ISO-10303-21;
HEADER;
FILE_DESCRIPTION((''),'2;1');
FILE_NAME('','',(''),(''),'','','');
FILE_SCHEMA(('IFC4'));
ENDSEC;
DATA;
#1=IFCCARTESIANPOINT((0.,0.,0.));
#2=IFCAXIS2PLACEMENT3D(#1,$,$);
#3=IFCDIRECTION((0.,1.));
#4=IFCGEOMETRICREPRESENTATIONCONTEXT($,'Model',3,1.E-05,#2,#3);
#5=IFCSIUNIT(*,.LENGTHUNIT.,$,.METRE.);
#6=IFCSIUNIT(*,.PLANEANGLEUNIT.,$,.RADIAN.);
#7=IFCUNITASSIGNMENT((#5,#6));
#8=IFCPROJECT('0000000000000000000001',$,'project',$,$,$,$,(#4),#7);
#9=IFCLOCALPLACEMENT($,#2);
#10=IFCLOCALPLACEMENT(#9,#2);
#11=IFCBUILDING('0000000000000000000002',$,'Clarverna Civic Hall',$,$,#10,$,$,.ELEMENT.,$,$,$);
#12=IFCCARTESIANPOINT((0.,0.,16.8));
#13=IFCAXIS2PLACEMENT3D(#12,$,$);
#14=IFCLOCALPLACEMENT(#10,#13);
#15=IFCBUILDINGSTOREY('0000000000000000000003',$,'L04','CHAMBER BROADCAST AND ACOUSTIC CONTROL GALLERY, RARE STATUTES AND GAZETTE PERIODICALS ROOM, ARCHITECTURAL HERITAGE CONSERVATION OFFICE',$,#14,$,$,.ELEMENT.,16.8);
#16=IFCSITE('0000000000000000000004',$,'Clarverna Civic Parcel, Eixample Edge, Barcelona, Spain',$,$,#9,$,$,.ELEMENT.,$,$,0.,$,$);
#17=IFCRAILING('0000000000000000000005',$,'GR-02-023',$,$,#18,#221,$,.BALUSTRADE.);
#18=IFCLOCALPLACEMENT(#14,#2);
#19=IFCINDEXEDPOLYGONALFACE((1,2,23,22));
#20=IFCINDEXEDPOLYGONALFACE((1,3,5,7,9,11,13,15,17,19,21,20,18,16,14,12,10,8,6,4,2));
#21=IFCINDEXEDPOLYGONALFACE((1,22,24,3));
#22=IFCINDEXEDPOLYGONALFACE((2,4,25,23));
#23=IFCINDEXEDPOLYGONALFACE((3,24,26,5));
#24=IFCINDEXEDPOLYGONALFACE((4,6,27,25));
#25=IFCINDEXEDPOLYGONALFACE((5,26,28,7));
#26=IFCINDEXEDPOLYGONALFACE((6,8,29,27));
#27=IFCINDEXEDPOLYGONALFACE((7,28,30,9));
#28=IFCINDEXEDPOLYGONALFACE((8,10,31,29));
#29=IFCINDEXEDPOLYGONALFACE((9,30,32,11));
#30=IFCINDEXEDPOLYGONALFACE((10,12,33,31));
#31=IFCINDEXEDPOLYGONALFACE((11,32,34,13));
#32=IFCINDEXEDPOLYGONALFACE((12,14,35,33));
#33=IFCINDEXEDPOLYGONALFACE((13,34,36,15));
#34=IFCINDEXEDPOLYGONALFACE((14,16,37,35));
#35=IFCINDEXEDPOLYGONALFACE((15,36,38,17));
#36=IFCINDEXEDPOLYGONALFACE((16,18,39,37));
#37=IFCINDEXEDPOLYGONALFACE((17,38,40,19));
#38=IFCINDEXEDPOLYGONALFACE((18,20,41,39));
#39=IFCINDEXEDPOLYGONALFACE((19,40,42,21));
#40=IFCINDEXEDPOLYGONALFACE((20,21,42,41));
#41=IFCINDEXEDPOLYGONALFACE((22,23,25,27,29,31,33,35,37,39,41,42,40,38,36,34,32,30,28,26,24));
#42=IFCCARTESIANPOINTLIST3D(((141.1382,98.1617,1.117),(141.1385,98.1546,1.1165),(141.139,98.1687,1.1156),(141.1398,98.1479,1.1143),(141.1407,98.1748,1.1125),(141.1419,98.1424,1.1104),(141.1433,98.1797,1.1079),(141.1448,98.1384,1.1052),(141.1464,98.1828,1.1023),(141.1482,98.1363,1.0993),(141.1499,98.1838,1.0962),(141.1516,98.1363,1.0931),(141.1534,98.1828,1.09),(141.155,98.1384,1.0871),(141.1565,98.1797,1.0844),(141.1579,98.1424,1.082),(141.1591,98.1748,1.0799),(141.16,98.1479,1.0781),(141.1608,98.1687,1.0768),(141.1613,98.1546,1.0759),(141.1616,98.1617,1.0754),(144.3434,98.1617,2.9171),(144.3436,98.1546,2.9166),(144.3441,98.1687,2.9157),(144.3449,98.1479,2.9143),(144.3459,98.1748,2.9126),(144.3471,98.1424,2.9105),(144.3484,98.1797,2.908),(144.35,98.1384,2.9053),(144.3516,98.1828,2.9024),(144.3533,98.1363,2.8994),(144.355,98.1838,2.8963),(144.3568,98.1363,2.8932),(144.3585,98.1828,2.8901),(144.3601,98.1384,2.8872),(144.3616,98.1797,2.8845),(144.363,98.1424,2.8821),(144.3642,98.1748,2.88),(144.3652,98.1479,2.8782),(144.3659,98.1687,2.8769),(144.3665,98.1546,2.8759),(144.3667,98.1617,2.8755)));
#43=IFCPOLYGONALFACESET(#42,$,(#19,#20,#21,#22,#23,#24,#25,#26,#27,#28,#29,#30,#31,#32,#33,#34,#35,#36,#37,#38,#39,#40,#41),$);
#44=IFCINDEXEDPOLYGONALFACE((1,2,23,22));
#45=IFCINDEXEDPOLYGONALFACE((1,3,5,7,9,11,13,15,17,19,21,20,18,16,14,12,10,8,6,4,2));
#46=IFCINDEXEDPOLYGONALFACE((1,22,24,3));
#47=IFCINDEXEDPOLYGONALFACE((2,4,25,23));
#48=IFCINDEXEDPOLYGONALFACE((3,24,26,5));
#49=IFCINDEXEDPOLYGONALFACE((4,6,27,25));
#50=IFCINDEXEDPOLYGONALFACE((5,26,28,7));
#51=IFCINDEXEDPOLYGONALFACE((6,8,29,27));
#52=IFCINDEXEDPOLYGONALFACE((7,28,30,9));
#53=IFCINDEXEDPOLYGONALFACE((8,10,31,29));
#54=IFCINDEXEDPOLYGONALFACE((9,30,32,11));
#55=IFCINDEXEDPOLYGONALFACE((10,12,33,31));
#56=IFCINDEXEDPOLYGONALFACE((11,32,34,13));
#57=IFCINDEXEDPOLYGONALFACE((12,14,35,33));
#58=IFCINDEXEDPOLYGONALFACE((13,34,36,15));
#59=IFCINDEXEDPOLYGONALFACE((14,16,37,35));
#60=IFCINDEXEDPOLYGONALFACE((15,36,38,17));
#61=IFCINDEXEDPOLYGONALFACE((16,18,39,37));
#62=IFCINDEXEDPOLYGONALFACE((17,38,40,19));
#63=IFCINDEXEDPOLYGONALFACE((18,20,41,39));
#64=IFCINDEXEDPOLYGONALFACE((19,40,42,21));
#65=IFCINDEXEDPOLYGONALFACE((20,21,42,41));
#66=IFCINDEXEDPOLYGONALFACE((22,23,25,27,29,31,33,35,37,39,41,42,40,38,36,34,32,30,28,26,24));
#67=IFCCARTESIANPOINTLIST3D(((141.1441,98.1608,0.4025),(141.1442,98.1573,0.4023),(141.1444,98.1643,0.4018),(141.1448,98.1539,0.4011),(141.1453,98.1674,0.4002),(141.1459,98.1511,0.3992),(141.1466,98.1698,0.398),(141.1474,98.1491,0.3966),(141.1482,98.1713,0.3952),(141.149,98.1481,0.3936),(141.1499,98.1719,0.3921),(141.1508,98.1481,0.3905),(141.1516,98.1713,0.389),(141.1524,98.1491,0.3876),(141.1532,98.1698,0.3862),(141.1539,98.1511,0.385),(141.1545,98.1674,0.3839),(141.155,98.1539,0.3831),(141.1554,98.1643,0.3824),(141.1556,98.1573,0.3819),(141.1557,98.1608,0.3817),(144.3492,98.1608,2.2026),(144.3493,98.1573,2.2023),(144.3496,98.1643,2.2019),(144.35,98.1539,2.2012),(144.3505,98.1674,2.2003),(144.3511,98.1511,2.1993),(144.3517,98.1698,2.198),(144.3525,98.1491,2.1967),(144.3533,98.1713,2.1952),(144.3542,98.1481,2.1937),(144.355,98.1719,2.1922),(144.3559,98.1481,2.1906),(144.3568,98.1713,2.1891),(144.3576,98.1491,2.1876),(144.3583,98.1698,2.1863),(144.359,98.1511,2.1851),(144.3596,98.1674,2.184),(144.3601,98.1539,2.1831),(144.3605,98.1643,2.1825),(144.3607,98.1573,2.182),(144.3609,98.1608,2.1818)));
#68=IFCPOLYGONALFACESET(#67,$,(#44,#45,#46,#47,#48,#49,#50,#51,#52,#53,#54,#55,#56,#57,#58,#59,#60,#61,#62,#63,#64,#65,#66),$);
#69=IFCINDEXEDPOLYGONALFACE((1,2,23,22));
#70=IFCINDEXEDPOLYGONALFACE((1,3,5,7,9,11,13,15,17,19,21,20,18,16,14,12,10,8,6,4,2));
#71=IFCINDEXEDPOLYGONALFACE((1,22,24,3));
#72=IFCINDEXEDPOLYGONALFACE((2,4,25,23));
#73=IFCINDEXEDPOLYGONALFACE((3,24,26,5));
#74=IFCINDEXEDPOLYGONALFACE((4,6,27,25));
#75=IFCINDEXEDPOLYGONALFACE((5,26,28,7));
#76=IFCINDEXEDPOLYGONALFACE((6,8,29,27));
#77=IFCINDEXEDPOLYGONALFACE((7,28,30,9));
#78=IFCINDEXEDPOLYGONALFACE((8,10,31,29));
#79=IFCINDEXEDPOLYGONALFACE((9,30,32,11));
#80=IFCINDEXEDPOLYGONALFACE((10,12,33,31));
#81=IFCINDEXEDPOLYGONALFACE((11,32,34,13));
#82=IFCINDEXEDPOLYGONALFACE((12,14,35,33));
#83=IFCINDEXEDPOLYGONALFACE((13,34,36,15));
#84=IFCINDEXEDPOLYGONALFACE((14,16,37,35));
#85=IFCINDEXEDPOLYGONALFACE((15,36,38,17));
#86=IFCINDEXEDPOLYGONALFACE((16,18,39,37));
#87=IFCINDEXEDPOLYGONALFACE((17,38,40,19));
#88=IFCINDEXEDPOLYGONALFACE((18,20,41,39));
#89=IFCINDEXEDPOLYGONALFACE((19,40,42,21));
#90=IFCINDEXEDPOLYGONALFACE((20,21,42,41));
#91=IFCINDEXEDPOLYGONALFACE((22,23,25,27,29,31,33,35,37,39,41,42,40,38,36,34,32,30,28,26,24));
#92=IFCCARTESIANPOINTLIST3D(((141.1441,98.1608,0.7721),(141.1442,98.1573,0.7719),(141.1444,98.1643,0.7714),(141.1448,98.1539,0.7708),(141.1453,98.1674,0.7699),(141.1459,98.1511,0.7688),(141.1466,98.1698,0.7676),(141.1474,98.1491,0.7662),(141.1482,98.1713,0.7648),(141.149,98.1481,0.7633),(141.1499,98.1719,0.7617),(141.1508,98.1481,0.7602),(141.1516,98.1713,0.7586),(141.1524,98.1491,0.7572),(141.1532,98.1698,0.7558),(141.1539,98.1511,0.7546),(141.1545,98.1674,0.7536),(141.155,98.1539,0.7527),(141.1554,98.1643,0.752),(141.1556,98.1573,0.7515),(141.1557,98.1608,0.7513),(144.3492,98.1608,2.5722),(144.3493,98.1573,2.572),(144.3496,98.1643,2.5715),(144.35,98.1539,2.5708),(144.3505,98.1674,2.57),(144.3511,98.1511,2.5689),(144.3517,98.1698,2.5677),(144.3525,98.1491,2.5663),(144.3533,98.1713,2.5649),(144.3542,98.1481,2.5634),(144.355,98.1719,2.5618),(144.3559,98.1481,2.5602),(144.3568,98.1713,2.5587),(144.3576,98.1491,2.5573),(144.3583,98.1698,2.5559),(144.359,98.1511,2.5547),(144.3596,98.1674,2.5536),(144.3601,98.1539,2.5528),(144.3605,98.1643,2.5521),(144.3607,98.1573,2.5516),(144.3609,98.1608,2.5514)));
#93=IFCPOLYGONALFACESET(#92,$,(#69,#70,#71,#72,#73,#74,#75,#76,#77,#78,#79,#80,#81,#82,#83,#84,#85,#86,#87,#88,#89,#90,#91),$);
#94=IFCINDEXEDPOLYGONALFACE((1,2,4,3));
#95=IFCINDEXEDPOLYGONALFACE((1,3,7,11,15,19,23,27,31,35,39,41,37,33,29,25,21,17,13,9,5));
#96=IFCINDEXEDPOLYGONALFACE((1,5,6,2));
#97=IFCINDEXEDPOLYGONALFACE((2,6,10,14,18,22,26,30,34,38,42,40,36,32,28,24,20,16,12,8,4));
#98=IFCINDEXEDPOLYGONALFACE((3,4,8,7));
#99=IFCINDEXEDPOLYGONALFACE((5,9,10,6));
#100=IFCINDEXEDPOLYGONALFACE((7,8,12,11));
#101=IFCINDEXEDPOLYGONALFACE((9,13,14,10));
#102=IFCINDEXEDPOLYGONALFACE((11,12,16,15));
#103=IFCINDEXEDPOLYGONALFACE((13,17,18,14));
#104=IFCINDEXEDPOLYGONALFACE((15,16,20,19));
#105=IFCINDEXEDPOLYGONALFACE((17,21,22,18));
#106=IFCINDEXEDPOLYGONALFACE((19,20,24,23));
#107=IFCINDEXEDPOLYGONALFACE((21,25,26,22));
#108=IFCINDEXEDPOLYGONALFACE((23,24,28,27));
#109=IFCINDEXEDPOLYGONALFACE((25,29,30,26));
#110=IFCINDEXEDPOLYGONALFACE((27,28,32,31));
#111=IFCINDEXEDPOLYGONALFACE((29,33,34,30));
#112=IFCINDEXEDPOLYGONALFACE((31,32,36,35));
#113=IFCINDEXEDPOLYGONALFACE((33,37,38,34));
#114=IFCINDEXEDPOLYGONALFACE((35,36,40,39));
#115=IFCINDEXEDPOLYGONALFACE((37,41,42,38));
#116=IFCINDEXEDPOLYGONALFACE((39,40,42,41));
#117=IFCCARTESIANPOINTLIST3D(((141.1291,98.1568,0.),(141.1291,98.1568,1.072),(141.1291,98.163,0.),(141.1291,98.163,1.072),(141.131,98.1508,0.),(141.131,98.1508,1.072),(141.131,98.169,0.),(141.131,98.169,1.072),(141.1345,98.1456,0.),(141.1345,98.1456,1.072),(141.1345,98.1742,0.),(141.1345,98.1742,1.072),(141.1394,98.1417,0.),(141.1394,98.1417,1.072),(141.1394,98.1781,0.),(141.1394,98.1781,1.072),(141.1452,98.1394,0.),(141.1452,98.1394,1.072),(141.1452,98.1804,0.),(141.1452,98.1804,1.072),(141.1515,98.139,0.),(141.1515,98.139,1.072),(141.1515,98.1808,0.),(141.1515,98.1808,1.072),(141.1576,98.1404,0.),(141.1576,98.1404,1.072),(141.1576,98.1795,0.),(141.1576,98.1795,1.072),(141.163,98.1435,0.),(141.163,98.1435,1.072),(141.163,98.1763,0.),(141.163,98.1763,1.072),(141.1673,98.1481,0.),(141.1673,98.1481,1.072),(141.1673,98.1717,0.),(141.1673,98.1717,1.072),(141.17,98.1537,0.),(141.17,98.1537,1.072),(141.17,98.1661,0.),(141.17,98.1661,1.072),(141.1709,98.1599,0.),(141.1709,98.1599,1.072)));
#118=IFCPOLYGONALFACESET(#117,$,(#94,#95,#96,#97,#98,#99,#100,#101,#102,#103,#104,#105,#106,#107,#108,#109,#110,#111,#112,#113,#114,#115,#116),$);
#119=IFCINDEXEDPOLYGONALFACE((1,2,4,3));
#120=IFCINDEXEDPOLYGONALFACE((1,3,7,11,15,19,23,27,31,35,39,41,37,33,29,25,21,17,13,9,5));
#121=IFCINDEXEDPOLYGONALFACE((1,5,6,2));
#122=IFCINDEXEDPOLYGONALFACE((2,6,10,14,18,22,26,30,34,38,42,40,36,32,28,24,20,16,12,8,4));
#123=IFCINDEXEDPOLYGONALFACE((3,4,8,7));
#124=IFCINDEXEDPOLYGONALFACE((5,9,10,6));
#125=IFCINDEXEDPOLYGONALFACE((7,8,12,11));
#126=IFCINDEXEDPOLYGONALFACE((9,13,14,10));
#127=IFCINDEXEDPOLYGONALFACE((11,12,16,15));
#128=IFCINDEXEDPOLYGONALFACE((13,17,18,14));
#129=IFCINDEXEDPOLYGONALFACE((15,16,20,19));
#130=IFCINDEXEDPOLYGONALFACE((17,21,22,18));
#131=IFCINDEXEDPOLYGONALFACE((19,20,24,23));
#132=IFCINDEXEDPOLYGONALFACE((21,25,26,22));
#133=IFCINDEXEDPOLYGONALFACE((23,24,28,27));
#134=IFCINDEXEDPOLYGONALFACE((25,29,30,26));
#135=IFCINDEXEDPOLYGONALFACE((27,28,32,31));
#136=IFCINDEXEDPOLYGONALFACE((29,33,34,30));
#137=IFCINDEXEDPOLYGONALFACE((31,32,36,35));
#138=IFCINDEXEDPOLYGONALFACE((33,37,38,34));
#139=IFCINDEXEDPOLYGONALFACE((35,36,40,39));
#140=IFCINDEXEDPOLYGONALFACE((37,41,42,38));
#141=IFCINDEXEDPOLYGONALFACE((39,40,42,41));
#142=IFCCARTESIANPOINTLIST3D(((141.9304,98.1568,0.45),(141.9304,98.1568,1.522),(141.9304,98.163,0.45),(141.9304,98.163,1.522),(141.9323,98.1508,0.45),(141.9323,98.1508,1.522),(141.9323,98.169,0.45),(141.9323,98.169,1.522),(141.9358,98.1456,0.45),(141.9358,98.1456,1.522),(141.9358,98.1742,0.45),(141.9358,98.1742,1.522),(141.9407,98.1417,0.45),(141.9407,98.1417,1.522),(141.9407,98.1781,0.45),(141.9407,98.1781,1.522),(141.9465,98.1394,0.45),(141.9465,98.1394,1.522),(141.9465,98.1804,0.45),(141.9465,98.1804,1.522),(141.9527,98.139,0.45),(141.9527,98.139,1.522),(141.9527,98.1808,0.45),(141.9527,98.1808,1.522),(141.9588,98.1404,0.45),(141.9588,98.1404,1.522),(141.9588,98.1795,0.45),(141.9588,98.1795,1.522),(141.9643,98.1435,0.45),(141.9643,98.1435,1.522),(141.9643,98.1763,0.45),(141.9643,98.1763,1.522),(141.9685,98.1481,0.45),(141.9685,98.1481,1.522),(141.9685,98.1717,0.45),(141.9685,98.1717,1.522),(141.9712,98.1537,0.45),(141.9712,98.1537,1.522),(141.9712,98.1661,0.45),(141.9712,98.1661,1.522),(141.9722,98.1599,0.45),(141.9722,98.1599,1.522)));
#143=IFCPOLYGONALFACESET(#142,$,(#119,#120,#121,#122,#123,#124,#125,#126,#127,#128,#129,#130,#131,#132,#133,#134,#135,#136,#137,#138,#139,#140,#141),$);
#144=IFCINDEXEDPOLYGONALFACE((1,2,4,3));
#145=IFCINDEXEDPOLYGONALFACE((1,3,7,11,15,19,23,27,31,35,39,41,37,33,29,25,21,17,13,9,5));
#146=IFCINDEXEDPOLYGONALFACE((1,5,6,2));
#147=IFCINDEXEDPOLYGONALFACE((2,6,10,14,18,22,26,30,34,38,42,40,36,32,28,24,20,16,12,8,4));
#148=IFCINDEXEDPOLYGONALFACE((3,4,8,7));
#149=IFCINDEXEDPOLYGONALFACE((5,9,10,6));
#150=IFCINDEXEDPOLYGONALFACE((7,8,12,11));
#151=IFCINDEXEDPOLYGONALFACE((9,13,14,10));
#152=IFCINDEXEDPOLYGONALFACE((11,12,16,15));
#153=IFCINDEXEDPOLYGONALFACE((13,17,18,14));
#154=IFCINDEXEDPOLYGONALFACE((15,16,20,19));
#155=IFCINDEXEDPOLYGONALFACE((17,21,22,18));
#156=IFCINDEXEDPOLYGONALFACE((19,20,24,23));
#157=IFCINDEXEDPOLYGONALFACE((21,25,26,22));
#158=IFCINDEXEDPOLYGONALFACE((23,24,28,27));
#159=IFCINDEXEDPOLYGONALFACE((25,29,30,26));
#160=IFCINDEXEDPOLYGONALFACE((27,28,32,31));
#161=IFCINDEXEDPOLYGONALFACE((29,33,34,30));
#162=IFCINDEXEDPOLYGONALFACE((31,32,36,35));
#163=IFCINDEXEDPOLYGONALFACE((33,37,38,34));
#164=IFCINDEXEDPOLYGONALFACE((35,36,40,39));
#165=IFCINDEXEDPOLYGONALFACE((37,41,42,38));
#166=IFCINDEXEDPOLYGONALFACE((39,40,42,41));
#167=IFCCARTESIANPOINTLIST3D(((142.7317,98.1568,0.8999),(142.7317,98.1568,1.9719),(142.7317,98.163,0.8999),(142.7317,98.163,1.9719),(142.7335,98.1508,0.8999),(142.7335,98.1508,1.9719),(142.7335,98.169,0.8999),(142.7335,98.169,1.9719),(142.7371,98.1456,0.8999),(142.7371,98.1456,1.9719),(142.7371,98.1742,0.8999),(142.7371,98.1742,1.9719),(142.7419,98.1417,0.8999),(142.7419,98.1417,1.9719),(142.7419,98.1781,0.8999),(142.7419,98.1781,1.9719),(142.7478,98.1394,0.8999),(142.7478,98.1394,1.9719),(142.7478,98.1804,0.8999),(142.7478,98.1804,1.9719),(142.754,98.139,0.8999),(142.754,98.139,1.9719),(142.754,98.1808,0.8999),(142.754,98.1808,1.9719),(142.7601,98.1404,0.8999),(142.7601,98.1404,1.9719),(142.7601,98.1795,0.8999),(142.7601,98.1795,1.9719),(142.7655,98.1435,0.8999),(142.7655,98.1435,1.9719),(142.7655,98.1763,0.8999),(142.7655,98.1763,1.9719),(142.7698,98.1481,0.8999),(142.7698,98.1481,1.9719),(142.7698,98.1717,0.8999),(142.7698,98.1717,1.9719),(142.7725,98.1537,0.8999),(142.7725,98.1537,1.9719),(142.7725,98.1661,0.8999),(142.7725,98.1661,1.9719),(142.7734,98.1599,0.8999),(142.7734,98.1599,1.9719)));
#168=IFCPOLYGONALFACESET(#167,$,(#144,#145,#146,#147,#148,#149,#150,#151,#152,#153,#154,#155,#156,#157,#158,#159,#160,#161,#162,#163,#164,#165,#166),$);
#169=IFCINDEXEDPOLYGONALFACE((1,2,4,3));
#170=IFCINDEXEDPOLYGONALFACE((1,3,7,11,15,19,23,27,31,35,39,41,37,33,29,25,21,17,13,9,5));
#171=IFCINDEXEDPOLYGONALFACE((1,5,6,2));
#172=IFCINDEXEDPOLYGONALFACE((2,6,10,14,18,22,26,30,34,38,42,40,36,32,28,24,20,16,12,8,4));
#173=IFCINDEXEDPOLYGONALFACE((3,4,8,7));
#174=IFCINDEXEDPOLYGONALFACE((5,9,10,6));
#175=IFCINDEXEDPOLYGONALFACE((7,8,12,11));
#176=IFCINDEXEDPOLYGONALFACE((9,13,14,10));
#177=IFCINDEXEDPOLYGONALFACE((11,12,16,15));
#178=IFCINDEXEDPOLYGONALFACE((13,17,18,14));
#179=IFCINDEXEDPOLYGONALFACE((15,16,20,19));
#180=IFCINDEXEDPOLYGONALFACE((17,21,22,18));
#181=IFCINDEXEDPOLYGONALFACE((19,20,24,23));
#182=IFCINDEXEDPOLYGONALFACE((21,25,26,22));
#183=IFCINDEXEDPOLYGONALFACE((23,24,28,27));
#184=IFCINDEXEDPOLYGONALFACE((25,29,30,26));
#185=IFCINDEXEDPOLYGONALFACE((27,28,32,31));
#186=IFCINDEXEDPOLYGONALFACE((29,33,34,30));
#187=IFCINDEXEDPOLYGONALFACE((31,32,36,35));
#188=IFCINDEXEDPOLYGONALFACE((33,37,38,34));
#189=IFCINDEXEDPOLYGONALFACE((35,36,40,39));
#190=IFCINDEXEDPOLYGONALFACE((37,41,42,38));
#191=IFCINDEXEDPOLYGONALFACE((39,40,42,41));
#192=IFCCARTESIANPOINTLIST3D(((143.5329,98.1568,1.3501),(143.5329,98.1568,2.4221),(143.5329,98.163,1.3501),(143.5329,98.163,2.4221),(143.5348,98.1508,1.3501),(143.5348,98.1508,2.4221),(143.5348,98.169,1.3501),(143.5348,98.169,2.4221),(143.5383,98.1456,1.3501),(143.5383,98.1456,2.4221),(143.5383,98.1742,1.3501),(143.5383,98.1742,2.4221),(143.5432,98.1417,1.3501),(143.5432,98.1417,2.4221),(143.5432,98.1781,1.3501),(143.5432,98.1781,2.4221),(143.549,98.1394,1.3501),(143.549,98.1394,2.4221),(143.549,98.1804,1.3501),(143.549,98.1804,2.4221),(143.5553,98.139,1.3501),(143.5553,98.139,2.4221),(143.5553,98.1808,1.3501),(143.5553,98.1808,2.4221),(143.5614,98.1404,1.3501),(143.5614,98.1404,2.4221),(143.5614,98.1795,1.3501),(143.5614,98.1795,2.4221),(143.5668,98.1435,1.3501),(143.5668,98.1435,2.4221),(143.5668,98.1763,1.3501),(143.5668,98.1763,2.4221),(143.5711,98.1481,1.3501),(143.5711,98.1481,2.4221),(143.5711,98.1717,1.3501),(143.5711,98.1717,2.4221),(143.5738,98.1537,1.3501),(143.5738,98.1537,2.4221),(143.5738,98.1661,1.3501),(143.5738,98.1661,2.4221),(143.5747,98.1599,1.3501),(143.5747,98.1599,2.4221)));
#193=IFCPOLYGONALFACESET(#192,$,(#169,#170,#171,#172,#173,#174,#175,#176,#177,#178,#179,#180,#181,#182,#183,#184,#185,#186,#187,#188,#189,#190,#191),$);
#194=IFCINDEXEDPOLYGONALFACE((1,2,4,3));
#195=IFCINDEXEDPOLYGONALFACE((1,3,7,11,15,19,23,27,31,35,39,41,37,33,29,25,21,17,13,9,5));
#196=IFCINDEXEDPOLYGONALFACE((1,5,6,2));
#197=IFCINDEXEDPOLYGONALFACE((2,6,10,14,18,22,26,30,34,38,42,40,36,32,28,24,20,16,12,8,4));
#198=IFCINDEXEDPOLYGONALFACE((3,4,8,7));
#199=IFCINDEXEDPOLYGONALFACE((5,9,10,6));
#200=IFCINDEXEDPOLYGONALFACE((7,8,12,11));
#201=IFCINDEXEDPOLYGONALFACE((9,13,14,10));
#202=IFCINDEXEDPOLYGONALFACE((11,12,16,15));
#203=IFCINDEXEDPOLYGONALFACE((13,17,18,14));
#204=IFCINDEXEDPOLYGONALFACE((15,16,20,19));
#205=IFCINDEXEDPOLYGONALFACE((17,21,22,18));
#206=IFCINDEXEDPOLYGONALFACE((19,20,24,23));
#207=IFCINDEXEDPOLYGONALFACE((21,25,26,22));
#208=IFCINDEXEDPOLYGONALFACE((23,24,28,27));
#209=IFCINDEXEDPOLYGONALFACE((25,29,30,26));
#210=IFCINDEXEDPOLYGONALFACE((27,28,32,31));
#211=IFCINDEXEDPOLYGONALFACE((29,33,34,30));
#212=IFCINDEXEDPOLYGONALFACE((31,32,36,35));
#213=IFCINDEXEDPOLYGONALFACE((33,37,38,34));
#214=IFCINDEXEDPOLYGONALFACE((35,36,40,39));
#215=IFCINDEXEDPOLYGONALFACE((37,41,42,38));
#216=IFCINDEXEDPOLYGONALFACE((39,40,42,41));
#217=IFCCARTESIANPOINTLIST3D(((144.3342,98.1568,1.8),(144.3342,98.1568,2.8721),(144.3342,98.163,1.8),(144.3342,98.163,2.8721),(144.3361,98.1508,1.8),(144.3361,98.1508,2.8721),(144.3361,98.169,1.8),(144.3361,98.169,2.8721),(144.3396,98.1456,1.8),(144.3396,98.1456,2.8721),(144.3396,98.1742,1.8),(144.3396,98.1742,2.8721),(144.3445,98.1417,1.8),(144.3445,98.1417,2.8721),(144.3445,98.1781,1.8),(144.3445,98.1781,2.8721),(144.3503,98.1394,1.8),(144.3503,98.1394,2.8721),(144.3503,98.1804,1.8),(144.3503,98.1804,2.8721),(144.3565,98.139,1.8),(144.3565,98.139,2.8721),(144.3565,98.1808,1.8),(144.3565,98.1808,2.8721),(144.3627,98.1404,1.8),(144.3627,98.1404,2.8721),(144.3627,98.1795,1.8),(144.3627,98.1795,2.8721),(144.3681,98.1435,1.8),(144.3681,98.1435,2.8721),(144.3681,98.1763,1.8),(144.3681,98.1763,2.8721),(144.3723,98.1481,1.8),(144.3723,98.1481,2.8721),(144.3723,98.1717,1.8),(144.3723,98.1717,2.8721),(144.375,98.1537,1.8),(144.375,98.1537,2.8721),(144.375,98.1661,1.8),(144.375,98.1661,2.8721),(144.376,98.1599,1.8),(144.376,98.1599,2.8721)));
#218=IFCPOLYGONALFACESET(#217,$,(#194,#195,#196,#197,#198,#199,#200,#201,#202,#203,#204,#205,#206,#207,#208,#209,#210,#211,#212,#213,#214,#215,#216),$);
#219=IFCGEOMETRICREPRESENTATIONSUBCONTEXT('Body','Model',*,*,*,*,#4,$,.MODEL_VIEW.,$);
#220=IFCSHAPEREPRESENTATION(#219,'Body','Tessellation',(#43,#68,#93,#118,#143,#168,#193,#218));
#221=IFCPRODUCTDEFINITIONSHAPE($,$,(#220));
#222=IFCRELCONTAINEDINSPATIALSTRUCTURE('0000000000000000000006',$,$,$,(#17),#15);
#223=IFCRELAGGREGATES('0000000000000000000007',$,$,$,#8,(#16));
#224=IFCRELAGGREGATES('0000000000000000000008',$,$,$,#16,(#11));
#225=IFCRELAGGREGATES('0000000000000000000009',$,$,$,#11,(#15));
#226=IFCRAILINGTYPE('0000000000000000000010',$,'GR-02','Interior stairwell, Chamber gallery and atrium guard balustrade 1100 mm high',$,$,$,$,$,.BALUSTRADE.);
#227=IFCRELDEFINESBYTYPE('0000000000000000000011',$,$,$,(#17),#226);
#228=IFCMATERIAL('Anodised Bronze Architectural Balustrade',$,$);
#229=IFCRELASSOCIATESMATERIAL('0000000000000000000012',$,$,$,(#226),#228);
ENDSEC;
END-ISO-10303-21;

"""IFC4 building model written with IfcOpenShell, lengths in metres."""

from ifc_helpers import new_model, si_unit, direction, frame, origin, origin_2d, place, context, subcontext, project, spatial, circle, extrude, material, type_object, element, save


model = new_model("IFC4")

# Units and contexts
model_context = context("Model", 3, precision=1e-05, world=origin(), true_north=direction((0.0, 1.0)))
body_context = subcontext(model_context, "Body", "Model", "MODEL_VIEW")
ifc_project = project(units=[si_unit("LENGTHUNIT", "METRE"), si_unit("PLANEANGLEUNIT", "RADIAN")], contexts=[model_context])

# Site, building, storey
site_placement = place(None, origin())
site = spatial("IfcSite", under=ifc_project, at=site_placement, Name="Clarverna Civic Parcel, Eixample Edge, Barcelona, Spain", CompositionType="ELEMENT", RefElevation=0.0)
building_placement = place(site_placement, origin())
building = spatial("IfcBuilding", under=site, at=building_placement, Name="Clarverna Civic Hall", CompositionType="ELEMENT")
storey_placement = place(building_placement, frame((0.0, 0.0, 16.8)))
storey = spatial("IfcBuildingStorey", under=building, at=storey_placement, Name="L04", Description="CHAMBER BROADCAST AND ACOUSTIC CONTROL GALLERY, RARE STATUTES AND GAZETTE PERIODICALS ROOM, ARCHITECTURAL HERITAGE CONSERVATION OFFICE", CompositionType="ELEMENT", Elevation=16.8)

# Railing
ifc_material_1 = material(Name="Anodised Bronze Architectural Balustrade")
railing_type_1 = type_object("IfcRailingType", Name="GR-02", Description="Interior stairwell, Chamber gallery and atrium guard balustrade 1100 mm high", PredefinedType="BALUSTRADE", material=ifc_material_1)
railing_1_placement = place(storey_placement, frame((141.1499, 98.1599, 0.0)))
element("IfcRailing", 1, at=railing_1_placement, inside=storey, type_object=railing_type_1, Name="GR-02-023", PredefinedType="BALUSTRADE", context=body_context, shape_type="SweptSolid", body=[
    extrude(circle(Radius=0.0239, at=origin_2d()), frame((0.0, 0.0, 1.0962), z_axis=(0.871902, 0.0, 0.489681), x_axis=(0.0, 1.0, 0.0)), (0.0, 0.0, 1.0), 3.676),
    extrude(circle(Radius=0.012, at=origin_2d()), frame((0.0, 0.0, 0.3921), z_axis=(0.871902, 0.0, 0.489681), x_axis=(0.0, 1.0, 0.0)), (0.0, 0.0, 1.0), 3.676),
    extrude(circle(Radius=0.012, at=origin_2d()), frame((0.0, 0.0, 0.7617), z_axis=(0.871902, 0.0, 0.489681), x_axis=(0.0, 1.0, 0.0)), (0.0, 0.0, 1.0), 3.676),
    extrude(circle(Radius=0.021, at=origin_2d()), origin(), (0.0, 0.0, 1.0), 1.072),
    extrude(circle(Radius=0.021, at=origin_2d()), frame((0.8013, 0.0, 0.45)), (0.0, 0.0, 1.0), 1.072),
    extrude(circle(Radius=0.021, at=origin_2d()), frame((1.6025, 0.0, 0.8999)), (0.0, 0.0, 1.0), 1.072),
    extrude(circle(Radius=0.021, at=origin_2d()), frame((2.4038, 0.0, 1.3501)), (0.0, 0.0, 1.0), 1.072),
    extrude(circle(Radius=0.021, at=origin_2d()), frame((3.2051, 0.0, 1.8)), (0.0, 0.0, 1.0), 1.072),
])

save(model, "model.ifc")
